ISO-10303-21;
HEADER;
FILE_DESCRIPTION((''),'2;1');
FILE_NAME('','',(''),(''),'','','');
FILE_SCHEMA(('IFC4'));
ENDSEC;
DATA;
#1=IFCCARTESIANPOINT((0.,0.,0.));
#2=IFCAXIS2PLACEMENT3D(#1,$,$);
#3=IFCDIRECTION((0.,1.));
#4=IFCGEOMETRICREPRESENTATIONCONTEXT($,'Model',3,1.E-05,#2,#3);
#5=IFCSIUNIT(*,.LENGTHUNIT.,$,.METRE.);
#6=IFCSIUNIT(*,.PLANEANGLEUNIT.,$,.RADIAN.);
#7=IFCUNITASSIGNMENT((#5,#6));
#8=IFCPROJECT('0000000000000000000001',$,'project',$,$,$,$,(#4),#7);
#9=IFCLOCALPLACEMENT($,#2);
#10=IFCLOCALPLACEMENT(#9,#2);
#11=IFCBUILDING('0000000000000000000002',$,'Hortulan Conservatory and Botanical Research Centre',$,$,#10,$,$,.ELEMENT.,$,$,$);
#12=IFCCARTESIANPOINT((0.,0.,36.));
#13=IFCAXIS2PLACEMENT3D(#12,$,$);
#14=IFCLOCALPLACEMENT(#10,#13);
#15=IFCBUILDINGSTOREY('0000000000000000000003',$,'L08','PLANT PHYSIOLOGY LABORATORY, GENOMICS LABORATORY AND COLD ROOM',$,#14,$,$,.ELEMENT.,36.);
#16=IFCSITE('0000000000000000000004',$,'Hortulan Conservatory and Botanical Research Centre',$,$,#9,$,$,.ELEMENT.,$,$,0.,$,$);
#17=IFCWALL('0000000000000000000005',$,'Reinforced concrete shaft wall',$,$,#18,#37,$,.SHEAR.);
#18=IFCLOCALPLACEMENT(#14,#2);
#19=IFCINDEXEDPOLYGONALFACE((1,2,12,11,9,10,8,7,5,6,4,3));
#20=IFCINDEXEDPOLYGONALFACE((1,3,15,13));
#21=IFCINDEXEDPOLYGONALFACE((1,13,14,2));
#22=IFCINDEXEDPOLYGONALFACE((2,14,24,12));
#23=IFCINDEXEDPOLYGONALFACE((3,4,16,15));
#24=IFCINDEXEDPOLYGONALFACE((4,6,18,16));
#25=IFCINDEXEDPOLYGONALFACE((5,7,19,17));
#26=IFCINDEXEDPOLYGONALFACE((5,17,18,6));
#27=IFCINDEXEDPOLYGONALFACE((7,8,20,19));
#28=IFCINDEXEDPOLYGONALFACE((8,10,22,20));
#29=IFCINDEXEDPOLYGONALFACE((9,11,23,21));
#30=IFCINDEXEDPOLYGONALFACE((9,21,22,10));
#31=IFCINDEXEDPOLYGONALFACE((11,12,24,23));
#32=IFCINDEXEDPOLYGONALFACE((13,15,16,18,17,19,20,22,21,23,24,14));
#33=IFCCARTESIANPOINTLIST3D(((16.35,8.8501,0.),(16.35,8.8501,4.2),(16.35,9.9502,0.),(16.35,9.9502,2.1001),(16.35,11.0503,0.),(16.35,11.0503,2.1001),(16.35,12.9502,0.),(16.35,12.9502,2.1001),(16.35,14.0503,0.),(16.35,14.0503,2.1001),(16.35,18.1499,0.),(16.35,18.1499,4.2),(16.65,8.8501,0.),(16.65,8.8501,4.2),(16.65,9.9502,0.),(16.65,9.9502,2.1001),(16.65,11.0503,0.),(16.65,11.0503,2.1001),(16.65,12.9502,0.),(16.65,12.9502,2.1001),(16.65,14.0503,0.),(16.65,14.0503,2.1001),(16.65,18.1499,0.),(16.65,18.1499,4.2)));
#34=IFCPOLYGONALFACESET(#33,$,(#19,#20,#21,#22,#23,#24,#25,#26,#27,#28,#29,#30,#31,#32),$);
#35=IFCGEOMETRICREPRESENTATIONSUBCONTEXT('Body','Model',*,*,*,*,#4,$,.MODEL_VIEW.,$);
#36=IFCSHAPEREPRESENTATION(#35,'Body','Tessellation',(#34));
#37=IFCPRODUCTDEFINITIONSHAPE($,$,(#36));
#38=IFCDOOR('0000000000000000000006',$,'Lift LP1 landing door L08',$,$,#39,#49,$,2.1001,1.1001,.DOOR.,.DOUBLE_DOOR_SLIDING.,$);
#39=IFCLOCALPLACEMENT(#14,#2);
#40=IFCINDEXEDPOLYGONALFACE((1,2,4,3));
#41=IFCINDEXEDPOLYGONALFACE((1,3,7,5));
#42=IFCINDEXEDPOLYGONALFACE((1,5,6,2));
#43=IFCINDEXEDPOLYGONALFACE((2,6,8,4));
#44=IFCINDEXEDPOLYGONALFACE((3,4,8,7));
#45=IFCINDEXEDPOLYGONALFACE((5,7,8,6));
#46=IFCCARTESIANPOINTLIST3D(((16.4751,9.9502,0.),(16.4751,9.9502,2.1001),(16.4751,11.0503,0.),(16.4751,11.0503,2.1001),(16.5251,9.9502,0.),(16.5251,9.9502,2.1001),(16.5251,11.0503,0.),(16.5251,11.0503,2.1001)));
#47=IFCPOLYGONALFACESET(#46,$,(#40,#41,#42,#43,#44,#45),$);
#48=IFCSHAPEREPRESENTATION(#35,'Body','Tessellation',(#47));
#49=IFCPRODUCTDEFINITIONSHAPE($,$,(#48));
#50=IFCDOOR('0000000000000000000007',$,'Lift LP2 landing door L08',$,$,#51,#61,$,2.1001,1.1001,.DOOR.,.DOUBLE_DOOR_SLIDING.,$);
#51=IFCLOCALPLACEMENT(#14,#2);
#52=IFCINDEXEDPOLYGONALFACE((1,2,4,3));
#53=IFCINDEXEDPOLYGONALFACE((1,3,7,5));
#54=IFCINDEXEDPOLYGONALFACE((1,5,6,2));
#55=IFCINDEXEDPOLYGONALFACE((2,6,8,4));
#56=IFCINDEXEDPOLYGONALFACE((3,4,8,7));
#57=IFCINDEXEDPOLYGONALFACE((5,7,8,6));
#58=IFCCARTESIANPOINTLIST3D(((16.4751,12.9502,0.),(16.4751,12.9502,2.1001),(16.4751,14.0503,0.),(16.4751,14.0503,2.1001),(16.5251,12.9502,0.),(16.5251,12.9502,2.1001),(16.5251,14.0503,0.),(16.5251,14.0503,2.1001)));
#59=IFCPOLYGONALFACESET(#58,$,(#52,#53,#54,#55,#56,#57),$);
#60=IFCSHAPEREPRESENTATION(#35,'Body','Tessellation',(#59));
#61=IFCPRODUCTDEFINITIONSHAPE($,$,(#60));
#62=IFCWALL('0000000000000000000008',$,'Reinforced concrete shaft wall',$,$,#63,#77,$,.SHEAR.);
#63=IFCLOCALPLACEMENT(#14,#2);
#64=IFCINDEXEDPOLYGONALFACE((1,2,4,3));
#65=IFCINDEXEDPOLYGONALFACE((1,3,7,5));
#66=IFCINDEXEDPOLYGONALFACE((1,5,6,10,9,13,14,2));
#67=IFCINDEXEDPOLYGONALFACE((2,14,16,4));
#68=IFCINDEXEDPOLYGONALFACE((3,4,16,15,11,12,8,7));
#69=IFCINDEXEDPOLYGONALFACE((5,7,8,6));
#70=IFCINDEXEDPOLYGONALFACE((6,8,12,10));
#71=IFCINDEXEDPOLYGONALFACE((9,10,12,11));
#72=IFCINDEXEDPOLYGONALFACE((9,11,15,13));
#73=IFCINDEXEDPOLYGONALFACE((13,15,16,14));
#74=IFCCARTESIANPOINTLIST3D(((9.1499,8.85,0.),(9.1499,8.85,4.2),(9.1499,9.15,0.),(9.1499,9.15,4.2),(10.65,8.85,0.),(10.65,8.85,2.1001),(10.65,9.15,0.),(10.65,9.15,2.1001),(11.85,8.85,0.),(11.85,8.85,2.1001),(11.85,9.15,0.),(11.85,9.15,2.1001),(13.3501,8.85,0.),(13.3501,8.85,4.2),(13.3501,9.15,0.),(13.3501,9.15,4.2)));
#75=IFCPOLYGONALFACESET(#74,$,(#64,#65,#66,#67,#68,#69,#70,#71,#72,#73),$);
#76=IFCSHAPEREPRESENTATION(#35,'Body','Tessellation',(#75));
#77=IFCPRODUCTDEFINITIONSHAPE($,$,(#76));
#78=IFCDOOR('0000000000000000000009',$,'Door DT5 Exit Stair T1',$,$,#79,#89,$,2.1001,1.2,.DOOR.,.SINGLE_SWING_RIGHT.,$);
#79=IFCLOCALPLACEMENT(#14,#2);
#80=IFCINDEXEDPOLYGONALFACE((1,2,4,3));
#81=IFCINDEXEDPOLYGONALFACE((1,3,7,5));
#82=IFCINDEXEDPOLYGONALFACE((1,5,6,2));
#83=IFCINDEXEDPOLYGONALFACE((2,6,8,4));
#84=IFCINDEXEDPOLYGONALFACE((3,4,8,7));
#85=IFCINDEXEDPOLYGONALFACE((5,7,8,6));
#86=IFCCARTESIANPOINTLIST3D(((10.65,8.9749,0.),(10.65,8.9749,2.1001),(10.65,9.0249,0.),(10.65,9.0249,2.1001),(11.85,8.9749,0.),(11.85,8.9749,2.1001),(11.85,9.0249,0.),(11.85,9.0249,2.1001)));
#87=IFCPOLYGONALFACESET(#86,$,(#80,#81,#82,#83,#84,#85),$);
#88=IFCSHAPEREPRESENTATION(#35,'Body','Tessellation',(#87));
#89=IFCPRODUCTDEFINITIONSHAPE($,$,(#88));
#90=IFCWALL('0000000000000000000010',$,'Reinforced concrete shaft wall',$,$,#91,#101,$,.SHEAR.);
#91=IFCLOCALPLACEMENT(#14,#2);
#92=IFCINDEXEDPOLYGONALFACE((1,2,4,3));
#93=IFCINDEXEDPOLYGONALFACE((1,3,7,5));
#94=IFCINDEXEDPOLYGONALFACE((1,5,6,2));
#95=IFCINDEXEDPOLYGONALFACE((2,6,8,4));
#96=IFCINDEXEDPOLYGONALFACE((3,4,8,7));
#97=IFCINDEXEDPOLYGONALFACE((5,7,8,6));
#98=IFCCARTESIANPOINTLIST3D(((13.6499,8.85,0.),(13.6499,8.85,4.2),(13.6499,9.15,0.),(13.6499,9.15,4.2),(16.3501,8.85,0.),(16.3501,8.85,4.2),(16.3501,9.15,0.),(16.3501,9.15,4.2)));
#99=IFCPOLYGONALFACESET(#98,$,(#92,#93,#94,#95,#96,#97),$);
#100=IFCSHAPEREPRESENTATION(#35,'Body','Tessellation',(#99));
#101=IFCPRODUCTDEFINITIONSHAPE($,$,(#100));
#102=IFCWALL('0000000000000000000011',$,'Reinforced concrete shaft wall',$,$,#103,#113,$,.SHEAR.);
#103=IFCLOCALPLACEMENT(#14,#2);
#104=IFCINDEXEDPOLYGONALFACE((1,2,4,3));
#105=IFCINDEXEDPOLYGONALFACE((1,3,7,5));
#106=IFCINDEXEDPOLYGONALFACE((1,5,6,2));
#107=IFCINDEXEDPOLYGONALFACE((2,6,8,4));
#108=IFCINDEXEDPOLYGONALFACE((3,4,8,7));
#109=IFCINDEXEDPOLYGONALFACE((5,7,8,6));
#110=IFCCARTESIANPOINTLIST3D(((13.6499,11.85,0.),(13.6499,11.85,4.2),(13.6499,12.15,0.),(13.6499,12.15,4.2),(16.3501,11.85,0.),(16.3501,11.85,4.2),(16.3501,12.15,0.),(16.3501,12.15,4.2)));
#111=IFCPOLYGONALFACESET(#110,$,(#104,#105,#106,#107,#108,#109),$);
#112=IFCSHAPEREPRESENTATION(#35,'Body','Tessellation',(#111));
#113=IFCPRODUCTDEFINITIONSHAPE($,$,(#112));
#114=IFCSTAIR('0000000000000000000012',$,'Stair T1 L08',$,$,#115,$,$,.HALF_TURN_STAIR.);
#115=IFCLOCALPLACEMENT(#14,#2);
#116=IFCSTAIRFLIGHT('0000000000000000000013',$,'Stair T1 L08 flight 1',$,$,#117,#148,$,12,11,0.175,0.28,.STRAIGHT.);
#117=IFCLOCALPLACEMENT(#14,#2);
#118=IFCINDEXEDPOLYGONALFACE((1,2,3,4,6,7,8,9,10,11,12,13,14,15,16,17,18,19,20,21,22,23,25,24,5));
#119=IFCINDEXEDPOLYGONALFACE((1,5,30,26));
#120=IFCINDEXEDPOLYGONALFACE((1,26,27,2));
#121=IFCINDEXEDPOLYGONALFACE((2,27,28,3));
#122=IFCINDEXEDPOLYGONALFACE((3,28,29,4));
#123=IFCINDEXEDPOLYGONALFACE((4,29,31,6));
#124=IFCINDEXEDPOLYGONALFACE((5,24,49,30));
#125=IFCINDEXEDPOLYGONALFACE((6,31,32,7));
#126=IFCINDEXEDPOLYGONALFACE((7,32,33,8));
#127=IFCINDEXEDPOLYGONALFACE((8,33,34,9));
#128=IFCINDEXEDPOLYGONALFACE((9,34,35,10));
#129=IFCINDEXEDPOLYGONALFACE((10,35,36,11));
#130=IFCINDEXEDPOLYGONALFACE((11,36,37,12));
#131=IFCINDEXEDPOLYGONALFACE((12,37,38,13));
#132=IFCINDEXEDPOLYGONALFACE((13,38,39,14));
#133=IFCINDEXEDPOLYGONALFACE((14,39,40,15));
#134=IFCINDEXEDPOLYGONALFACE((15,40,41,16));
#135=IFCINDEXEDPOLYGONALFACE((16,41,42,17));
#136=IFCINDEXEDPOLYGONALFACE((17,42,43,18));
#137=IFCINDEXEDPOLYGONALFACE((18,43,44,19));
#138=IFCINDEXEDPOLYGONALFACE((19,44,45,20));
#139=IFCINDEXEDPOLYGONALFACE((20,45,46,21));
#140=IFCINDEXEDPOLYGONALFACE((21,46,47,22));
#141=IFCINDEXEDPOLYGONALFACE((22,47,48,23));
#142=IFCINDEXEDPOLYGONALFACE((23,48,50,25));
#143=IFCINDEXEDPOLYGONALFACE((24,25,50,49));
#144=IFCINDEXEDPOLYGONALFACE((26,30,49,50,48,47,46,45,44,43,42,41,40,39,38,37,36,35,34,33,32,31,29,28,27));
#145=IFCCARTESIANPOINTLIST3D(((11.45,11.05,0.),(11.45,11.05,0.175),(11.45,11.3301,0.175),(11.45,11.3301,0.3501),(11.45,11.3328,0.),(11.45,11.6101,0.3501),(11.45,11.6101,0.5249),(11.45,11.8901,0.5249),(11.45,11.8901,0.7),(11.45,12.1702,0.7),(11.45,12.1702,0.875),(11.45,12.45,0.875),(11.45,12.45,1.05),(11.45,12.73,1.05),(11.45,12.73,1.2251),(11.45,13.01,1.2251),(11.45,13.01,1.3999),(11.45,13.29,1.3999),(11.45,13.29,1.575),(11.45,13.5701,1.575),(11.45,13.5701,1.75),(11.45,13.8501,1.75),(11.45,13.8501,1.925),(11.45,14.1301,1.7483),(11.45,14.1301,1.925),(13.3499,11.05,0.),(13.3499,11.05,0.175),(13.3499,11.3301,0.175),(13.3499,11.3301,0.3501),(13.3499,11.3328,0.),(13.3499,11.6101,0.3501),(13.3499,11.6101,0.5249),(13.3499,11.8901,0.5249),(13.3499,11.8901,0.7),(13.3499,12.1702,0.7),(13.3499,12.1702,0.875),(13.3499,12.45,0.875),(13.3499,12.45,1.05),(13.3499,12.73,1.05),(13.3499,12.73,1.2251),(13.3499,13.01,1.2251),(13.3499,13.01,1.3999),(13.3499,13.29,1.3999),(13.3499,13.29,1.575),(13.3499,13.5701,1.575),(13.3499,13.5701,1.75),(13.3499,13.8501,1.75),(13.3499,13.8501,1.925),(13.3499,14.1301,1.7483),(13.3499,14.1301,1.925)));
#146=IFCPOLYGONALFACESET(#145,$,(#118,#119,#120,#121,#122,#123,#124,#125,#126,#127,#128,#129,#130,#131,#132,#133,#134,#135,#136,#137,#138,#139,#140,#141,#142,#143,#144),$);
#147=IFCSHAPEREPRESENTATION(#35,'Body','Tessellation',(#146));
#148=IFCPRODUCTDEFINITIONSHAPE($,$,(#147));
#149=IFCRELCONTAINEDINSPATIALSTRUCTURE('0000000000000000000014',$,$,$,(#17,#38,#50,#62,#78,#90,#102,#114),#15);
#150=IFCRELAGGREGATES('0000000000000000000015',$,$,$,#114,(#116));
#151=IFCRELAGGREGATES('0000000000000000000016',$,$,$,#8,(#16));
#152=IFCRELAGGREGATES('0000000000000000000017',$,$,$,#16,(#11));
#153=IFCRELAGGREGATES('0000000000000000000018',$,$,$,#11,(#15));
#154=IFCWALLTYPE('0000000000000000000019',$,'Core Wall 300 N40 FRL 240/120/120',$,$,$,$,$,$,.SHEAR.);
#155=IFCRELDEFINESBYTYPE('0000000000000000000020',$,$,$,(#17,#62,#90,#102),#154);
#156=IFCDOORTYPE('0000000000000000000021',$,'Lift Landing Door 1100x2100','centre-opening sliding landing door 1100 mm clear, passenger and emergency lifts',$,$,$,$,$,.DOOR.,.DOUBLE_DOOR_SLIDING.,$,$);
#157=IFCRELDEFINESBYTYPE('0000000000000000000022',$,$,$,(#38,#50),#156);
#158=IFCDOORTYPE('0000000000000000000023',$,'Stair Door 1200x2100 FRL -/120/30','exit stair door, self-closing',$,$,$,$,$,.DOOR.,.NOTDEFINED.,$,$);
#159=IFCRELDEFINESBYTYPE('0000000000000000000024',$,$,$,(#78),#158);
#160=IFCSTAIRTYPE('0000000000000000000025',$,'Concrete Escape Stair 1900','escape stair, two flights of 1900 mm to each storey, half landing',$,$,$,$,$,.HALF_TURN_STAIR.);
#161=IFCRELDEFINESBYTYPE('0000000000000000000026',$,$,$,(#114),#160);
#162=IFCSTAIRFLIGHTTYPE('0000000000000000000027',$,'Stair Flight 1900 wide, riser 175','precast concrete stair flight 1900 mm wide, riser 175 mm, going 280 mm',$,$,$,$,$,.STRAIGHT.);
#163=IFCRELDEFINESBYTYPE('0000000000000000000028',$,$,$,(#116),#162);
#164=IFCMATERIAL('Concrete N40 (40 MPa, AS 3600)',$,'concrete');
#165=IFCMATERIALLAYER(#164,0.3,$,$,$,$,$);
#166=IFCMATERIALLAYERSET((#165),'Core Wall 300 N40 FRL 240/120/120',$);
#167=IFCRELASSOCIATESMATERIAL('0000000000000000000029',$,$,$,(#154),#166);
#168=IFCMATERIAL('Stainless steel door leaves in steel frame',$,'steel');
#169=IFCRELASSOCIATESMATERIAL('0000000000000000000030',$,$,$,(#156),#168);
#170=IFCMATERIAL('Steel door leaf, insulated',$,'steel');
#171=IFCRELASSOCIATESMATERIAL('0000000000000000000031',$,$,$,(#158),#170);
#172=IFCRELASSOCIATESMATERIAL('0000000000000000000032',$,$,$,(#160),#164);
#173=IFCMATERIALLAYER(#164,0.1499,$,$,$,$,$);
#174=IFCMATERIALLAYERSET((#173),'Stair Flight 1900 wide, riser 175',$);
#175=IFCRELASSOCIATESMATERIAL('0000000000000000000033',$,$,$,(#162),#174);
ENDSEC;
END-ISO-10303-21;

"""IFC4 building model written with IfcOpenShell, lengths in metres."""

from ifc_helpers import new_model, si_unit, direction, frame, frame_2d, origin, place, context, subcontext, project, spatial, polyline, rectangle, outline, extrude, material, layer, layer_set, type_object, element, fill, aggregate, save


model = new_model("IFC4")

# Units and contexts
model_context = context("Model", 3, precision=1e-05, world=origin(), true_north=direction((0.0, 1.0)))
body_context = subcontext(model_context, "Body", "Model", "MODEL_VIEW")
ifc_project = project(units=[si_unit("LENGTHUNIT", "METRE"), si_unit("PLANEANGLEUNIT", "RADIAN")], contexts=[model_context])

# Site, building, storey
site_placement = place(None, origin())
site = spatial("IfcSite", under=ifc_project, at=site_placement, Name="Hortulan Conservatory and Botanical Research Centre", CompositionType="ELEMENT", RefElevation=0.0)
building_placement = place(site_placement, origin())
building = spatial("IfcBuilding", under=site, at=building_placement, Name="Hortulan Conservatory and Botanical Research Centre", CompositionType="ELEMENT")
storey_placement = place(building_placement, frame((0.0, 0.0, 36.0)))
storey = spatial("IfcBuildingStorey", under=building, at=storey_placement, Name="L08", Description="PLANT PHYSIOLOGY LABORATORY, GENOMICS LABORATORY AND COLD ROOM", CompositionType="ELEMENT", Elevation=36.0)

# Wall, openings, doors
ifc_material_1 = material(Name="Concrete N40 (40 MPa, AS 3600)", Category="concrete")
ifc_layer_1 = layer(ifc_material_1, 0.3)
ifc_layer_set_1 = layer_set([ifc_layer_1], Name="Core Wall 300 N40 FRL 240/120/120")
wall_type = type_object("IfcWallType", Name="Core Wall 300 N40 FRL 240/120/120", PredefinedType="SHEAR", material=ifc_layer_set_1)
wall_1_placement = place(storey_placement, frame((16.5, 8.8501, 0.0), z_axis=(0.0, 0.0, 1.0), x_axis=(0.0, 1.0, 0.0)))
wall_1 = element("IfcWall", 1, at=wall_1_placement, inside=storey, type_object=wall_type, Name="Reinforced concrete shaft wall", PredefinedType="SHEAR", context=body_context, shape_type="SweptSolid", body=[
    extrude(rectangle(XDim=9.2998, YDim=0.3, at=frame_2d((4.6499, 0.0))), origin(), (0.0, 0.0, 1.0), 4.2),
])
opening_1_placement = place(wall_1_placement, frame((1.1001, 0.0, 0.0)))
opening_1 = element("IfcOpeningElement", 2, at=opening_1_placement, cuts=wall_1, PredefinedType="OPENING", context=body_context, shape_type="SweptSolid", body=[
    extrude(rectangle(XDim=1.1001, YDim=2.1001, at=frame_2d((0.55, 1.05))), frame((0.0, 0.1599, 0.0), z_axis=(0.0, -1.0, 0.0), x_axis=(1.0, 0.0, 0.0)), (0.0, 0.0, 1.0), 0.3201),
])
opening_2_placement = place(wall_1_placement, frame((4.1001, 0.0, 0.0)))
opening_2 = element("IfcOpeningElement", 3, at=opening_2_placement, cuts=wall_1, PredefinedType="OPENING", context=body_context, shape_type="SweptSolid", body=[
    extrude(rectangle(XDim=1.1001, YDim=2.1001, at=frame_2d((0.55, 1.05))), frame((0.0, 0.1599, 0.0), z_axis=(0.0, -1.0, 0.0), x_axis=(1.0, 0.0, 0.0)), (0.0, 0.0, 1.0), 0.3201),
])
ifc_material_2 = material(Name="Stainless steel door leaves in steel frame", Category="steel")
door_type_1 = type_object("IfcDoorType", Name="Lift Landing Door 1100x2100", Description="centre-opening sliding landing door 1100 mm clear, passenger and emergency lifts", OperationType="DOUBLE_DOOR_SLIDING", PredefinedType="DOOR", material=ifc_material_2)
door_1_placement = place(opening_1_placement, origin())
door_1 = element("IfcDoor", 4, at=door_1_placement, inside=storey, type_object=door_type_1, Name="Lift LP1 landing door L08", OperationType="DOUBLE_DOOR_SLIDING", OverallHeight=2.1001, OverallWidth=1.1001, PredefinedType="DOOR", context=body_context, shape_type="SweptSolid", body=[
    extrude(rectangle(XDim=1.1001, YDim=2.1001, at=frame_2d((0.55, 1.05))), frame((0.0, 0.0249, 0.0), z_axis=(0.0, -1.0, 0.0), x_axis=(1.0, 0.0, 0.0)), (0.0, 0.0, 1.0), 0.05),
])
fill(opening_1, door_1)
door_2_placement = place(opening_2_placement, origin())
door_2 = element("IfcDoor", 5, at=door_2_placement, inside=storey, type_object=door_type_1, Name="Lift LP2 landing door L08", OperationType="DOUBLE_DOOR_SLIDING", OverallHeight=2.1001, OverallWidth=1.1001, PredefinedType="DOOR", context=body_context, shape_type="SweptSolid", body=[
    extrude(rectangle(XDim=1.1001, YDim=2.1001, at=frame_2d((0.55, 1.05))), frame((0.0, 0.0249, 0.0), z_axis=(0.0, -1.0, 0.0), x_axis=(1.0, 0.0, 0.0)), (0.0, 0.0, 1.0), 0.05),
])
fill(opening_2, door_2)

# Wall, opening, door
wall_2_placement = place(storey_placement, frame((9.1499, 9.0, 0.0), z_axis=(0.0, 0.0, 1.0), x_axis=(1.0, 0.0, 0.0)))
wall_2 = element("IfcWall", 6, at=wall_2_placement, inside=storey, type_object=wall_type, Name="Reinforced concrete shaft wall", PredefinedType="SHEAR", context=body_context, shape_type="SweptSolid", body=[
    extrude(rectangle(XDim=4.2002, YDim=0.3, at=frame_2d((2.1001, 0.0))), origin(), (0.0, 0.0, 1.0), 4.2),
])
opening_3_placement = place(wall_2_placement, frame((1.5, 0.0, 0.0)))
opening_3 = element("IfcOpeningElement", 7, at=opening_3_placement, cuts=wall_2, PredefinedType="OPENING", context=body_context, shape_type="SweptSolid", body=[
    extrude(rectangle(XDim=1.2, YDim=2.1001, at=frame_2d((0.6001, 1.05))), frame((0.0, 0.1599, 0.0), z_axis=(0.0, -1.0, 0.0), x_axis=(1.0, 0.0, 0.0)), (0.0, 0.0, 1.0), 0.3201),
])
ifc_material_3 = material(Name="Steel door leaf, insulated", Category="steel")
door_type_2 = type_object("IfcDoorType", Name="Stair Door 1200x2100 FRL -/120/30", Description="exit stair door, self-closing", OperationType="NOTDEFINED", PredefinedType="DOOR", material=ifc_material_3)
door_3_placement = place(opening_3_placement, origin())
door_3 = element("IfcDoor", 8, at=door_3_placement, inside=storey, type_object=door_type_2, Name="Door DT5 Exit Stair T1", OperationType="SINGLE_SWING_RIGHT", OverallHeight=2.1001, OverallWidth=1.2, PredefinedType="DOOR", context=body_context, shape_type="SweptSolid", body=[
    extrude(rectangle(XDim=1.2, YDim=2.1001, at=frame_2d((0.6001, 1.05))), frame((0.0, 0.0249, 0.0), z_axis=(0.0, -1.0, 0.0), x_axis=(1.0, 0.0, 0.0)), (0.0, 0.0, 1.0), 0.05),
])
fill(opening_3, door_3)

# Walls
for number, where, z_axis, x_axis, name in (
    (9, (13.6499, 9.0, 0.0), (0.0, 0.0, 1.0), (1.0, 0.0, 0.0), "Reinforced concrete shaft wall"),
    (10, (13.6499, 12.0, 0.0), (0.0, 0.0, 1.0), (1.0, 0.0, 0.0), "Reinforced concrete shaft wall"),
):
    element("IfcWall", number, at=place(storey_placement, frame(where, z_axis=z_axis, x_axis=x_axis)), inside=storey, type_object=wall_type, Name=name, PredefinedType="SHEAR", context=body_context, shape_type="SweptSolid", body=[
        extrude(rectangle(XDim=2.7002, YDim=0.3, at=frame_2d((1.3501, 0.0))), origin(), (0.0, 0.0, 1.0), 4.2),
    ])

# Stair, stair flight
stair_type = type_object("IfcStairType", Name="Concrete Escape Stair 1900", Description="escape stair, two flights of 1900 mm to each storey, half landing", PredefinedType="HALF_TURN_STAIR", material=ifc_material_1)
stair_placement = place(storey_placement, origin())
stair = element("IfcStair", 11, at=stair_placement, inside=storey, type_object=stair_type, Name="Stair T1 L08", PredefinedType="HALF_TURN_STAIR")
ifc_layer_2 = layer(ifc_material_1, 0.1499)
ifc_layer_set_2 = layer_set([ifc_layer_2], Name="Stair Flight 1900 wide, riser 175")
stair_flight_type = type_object("IfcStairFlightType", Name="Stair Flight 1900 wide, riser 175", Description="precast concrete stair flight 1900 mm wide, riser 175 mm, going 280 mm", PredefinedType="STRAIGHT", material=ifc_layer_set_2)
stair_flight_1_placement = place(storey_placement, frame((12.3999, 11.05, 0.0), z_axis=(0.0, 0.0, 1.0), x_axis=(0.0, 1.0, 0.0)))
stair_flight_1 = element("IfcStairFlight", 12, at=stair_flight_1_placement, type_object=stair_flight_type, Name="Stair T1 L08 flight 1", NumberOfRisers=12, NumberOfTreads=11, PredefinedType="STRAIGHT", RiserHeight=0.175, TreadLength=0.28, context=body_context, shape_type="SweptSolid", body=[
    extrude(outline(polyline([(0.0, 0.0), (0.0, 0.175), (0.28, 0.175), (0.28, 0.3501), (0.5601, 0.3501), (0.5601, 0.5249), (0.8401, 0.5249), (0.8401, 0.7), (1.1201, 0.7), (1.1201, 0.875), (1.3999, 0.875), (1.3999, 1.05), (1.6799, 1.05), (1.6799, 1.2251), (1.96, 1.2251), (1.96, 1.3999), (2.24, 1.3999), (2.24, 1.575), (2.52, 1.575), (2.52, 1.75), (2.8, 1.75), (2.8, 1.925), (3.0801, 1.925), (3.0801, 2.1001), (3.0801, 1.7483), (0.2827, 0.0), (0.0, 0.0)])), frame((0.0, 0.95, 0.0), z_axis=(0.0, -1.0, 0.0), x_axis=(1.0, 0.0, 0.0)), (0.0, 0.0, 1.0), 1.8999),
])
aggregate(stair, [stair_flight_1])

save(model, "model.ifc")
